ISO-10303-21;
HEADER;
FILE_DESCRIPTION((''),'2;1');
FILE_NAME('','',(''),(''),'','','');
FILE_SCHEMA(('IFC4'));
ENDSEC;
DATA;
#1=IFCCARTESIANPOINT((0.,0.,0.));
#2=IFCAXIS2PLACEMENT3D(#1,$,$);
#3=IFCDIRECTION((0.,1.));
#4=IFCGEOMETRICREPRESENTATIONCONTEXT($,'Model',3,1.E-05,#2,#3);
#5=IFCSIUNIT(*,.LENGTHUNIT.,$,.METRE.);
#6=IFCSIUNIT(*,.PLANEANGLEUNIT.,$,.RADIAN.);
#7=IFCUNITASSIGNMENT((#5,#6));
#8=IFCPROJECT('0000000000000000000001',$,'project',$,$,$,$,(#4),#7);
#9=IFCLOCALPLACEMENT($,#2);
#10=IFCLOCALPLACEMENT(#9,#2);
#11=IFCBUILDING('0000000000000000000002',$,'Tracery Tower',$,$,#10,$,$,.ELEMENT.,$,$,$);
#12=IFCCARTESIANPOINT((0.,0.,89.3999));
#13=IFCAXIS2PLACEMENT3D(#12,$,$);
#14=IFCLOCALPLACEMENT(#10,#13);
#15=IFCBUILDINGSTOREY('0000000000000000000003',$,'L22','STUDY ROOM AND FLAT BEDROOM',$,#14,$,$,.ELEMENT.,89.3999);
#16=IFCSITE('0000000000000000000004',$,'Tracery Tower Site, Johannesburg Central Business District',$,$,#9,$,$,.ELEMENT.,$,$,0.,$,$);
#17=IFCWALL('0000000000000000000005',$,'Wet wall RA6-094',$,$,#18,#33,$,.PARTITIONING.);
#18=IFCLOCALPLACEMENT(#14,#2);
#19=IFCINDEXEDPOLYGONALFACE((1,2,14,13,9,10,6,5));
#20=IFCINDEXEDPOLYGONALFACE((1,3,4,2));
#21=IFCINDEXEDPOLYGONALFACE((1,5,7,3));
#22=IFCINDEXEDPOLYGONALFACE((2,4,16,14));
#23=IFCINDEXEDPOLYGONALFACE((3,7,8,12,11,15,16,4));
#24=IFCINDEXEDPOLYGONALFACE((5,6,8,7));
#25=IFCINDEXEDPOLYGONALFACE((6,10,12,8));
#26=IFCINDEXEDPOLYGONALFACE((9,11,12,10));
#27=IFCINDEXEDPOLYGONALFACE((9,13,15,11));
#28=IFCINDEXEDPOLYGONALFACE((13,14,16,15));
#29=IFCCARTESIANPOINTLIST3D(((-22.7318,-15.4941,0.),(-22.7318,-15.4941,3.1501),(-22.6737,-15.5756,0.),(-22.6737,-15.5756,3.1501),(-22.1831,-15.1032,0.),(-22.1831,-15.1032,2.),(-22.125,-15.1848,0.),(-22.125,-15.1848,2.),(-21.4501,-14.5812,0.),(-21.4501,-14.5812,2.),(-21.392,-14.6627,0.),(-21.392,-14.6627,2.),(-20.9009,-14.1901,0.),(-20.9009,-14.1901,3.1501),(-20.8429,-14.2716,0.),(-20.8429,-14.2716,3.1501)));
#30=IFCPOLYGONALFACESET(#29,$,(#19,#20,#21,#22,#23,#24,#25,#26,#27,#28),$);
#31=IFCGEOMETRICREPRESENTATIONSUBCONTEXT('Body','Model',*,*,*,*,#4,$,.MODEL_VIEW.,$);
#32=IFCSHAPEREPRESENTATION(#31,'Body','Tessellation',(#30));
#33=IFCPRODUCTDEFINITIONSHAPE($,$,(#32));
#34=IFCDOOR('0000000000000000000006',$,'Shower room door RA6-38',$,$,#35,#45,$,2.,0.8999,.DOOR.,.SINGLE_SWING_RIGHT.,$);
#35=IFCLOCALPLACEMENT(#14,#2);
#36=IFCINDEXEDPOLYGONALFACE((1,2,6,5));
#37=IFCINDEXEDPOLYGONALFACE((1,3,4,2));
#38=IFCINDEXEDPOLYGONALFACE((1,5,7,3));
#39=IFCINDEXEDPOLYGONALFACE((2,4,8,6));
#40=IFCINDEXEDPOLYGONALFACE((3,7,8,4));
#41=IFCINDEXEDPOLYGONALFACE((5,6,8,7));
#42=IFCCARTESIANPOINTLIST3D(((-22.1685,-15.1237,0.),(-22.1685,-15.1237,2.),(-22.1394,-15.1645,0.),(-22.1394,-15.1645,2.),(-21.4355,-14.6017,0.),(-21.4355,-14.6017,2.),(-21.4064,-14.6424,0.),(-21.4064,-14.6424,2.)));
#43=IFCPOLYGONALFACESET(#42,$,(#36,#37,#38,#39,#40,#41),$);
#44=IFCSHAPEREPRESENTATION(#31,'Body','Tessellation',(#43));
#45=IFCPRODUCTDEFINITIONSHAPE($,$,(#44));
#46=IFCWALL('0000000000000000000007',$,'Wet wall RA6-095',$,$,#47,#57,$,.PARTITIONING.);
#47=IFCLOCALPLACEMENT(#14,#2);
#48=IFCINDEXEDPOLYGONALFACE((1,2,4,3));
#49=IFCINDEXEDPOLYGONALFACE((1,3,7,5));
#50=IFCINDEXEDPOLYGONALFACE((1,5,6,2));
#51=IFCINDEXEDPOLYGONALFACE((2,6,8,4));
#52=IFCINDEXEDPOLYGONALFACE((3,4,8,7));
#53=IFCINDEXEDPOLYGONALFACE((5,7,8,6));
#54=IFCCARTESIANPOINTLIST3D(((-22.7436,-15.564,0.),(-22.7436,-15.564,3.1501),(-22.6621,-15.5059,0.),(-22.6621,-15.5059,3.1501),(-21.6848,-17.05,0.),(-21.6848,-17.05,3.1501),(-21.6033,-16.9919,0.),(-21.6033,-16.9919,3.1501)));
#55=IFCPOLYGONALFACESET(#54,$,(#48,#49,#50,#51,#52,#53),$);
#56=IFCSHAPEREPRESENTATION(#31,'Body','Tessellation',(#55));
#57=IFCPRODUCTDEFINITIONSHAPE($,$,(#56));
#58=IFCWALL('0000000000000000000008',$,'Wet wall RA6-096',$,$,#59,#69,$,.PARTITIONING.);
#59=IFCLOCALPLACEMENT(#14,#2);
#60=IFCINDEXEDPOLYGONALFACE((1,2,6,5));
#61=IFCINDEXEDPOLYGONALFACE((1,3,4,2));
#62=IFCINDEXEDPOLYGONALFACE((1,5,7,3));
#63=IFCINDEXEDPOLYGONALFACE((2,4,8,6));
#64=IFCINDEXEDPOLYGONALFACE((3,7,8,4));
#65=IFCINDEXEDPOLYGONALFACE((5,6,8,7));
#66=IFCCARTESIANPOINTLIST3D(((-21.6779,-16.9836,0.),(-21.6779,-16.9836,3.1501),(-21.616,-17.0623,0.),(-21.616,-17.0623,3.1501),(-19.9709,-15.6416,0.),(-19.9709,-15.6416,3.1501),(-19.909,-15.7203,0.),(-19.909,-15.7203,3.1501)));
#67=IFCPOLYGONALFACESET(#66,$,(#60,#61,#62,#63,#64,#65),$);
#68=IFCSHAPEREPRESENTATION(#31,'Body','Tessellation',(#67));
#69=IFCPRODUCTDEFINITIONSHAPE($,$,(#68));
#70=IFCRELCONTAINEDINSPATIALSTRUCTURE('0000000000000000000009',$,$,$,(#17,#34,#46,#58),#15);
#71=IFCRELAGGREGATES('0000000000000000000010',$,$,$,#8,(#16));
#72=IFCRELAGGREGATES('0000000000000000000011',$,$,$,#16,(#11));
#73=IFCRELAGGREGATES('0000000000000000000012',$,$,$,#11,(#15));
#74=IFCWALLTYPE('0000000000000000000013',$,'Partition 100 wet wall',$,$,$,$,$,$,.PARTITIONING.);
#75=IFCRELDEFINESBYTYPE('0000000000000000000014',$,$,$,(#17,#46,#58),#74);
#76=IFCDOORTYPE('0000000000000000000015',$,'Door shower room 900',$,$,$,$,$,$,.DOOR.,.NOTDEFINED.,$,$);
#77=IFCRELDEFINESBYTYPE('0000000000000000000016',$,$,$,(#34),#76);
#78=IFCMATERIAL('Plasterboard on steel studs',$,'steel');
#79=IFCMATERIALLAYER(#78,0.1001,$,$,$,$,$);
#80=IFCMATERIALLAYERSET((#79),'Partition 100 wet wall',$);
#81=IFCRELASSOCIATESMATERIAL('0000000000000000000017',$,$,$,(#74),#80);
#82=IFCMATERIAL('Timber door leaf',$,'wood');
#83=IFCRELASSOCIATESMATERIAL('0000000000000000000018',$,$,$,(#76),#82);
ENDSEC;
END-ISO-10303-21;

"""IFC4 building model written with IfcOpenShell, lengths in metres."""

from ifc_helpers import new_model, si_unit, direction, frame, frame_2d, origin, place, context, subcontext, project, spatial, rectangle, extrude, material, layer, layer_set, type_object, element, fill, save


model = new_model("IFC4")

# Units and contexts
model_context = context("Model", 3, precision=1e-05, world=origin(), true_north=direction((0.0, 1.0)))
body_context = subcontext(model_context, "Body", "Model", "MODEL_VIEW")
ifc_project = project(units=[si_unit("LENGTHUNIT", "METRE"), si_unit("PLANEANGLEUNIT", "RADIAN")], contexts=[model_context])

# Site, building, storey
site_placement = place(None, origin())
site = spatial("IfcSite", under=ifc_project, at=site_placement, Name="Tracery Tower Site, Johannesburg Central Business District", CompositionType="ELEMENT", RefElevation=0.0)
building_placement = place(site_placement, origin())
building = spatial("IfcBuilding", under=site, at=building_placement, Name="Tracery Tower", CompositionType="ELEMENT")
storey_placement = place(building_placement, frame((0.0, 0.0, 89.3999)))
storey = spatial("IfcBuildingStorey", under=building, at=storey_placement, Name="L22", Description="STUDY ROOM AND FLAT BEDROOM", CompositionType="ELEMENT", Elevation=89.3999)

# Wall, opening, door
ifc_material_1 = material(Name="Plasterboard on steel studs", Category="steel")
ifc_layer_1 = layer(ifc_material_1, 0.1001)
ifc_layer_set_1 = layer_set([ifc_layer_1], Name="Partition 100 wet wall")
wall_type_1 = type_object("IfcWallType", Name="Partition 100 wet wall", PredefinedType="PARTITIONING", material=ifc_layer_set_1)
wall_1_placement = place(storey_placement, frame((-22.7029, -15.5349, 0.0), z_axis=(0.0, 0.0, 1.0), x_axis=(0.814525, 0.580128, 0.0)))
wall_1 = element("IfcWall", 1, at=wall_1_placement, inside=storey, type_object=wall_type_1, Name="Wet wall RA6-094", PredefinedType="PARTITIONING", context=body_context, shape_type="SweptSolid", body=[
    extrude(rectangle(XDim=2.2478, YDim=0.1001, at=frame_2d((1.124, 0.0))), origin(), (0.0, 0.0, 1.0), 3.1501),
])
opening_1_placement = place(wall_1_placement, frame((0.6738, 0.0, 0.0)))
opening_1 = element("IfcOpeningElement", 2, at=opening_1_placement, cuts=wall_1, PredefinedType="OPENING", context=body_context, shape_type="SweptSolid", body=[
    extrude(rectangle(XDim=0.8999, YDim=2.0, at=frame_2d((0.45, 1.0))), frame((0.0, 0.05, 0.0), z_axis=(0.0, -1.0, 0.0), x_axis=(1.0, 0.0, 0.0)), (0.0, 0.0, 1.0), 0.1001),
])
ifc_material_2 = material(Name="Timber door leaf", Category="wood")
door_type_1 = type_object("IfcDoorType", Name="Door shower room 900", OperationType="NOTDEFINED", PredefinedType="DOOR", material=ifc_material_2)
door_1_placement = place(opening_1_placement, origin())
door_1 = element("IfcDoor", 3, at=door_1_placement, inside=storey, type_object=door_type_1, Name="Shower room door RA6-38", OperationType="SINGLE_SWING_RIGHT", OverallHeight=2.0, OverallWidth=0.8999, PredefinedType="DOOR", context=body_context, shape_type="SweptSolid", body=[
    extrude(rectangle(XDim=0.8999, YDim=2.0, at=frame_2d((0.45, 1.0))), frame((0.0, 0.0249, 0.0), z_axis=(0.0, -1.0, 0.0), x_axis=(1.0, 0.0, 0.0)), (0.0, 0.0, 1.0), 0.05),
])
fill(opening_1, door_1)

# Walls
wall_2_placement = place(storey_placement, frame((-22.7029, -15.5349, 0.0), z_axis=(0.0, 0.0, 1.0), x_axis=(0.580276, -0.81442, 0.0)))
element("IfcWall", 4, at=wall_2_placement, inside=storey, type_object=wall_type_1, Name="Wet wall RA6-095", PredefinedType="PARTITIONING", context=body_context, shape_type="SweptSolid", body=[
    extrude(rectangle(XDim=1.8247, YDim=0.1001, at=frame_2d((0.9124, 0.0))), origin(), (0.0, 0.0, 1.0), 3.1501),
])
wall_3_placement = place(storey_placement, frame((-21.647, -17.0229, 0.0), z_axis=(0.0, 0.0, 1.0), x_axis=(0.786139, 0.61805, 0.0)))
element("IfcWall", 5, at=wall_3_placement, inside=storey, type_object=wall_type_1, Name="Wet wall RA6-096", PredefinedType="PARTITIONING", context=body_context, shape_type="SweptSolid", body=[
    extrude(rectangle(XDim=2.1714, YDim=0.1001, at=frame_2d((1.0857, 0.0))), origin(), (0.0, 0.0, 1.0), 3.1501),
])

save(model, "model.ifc")
